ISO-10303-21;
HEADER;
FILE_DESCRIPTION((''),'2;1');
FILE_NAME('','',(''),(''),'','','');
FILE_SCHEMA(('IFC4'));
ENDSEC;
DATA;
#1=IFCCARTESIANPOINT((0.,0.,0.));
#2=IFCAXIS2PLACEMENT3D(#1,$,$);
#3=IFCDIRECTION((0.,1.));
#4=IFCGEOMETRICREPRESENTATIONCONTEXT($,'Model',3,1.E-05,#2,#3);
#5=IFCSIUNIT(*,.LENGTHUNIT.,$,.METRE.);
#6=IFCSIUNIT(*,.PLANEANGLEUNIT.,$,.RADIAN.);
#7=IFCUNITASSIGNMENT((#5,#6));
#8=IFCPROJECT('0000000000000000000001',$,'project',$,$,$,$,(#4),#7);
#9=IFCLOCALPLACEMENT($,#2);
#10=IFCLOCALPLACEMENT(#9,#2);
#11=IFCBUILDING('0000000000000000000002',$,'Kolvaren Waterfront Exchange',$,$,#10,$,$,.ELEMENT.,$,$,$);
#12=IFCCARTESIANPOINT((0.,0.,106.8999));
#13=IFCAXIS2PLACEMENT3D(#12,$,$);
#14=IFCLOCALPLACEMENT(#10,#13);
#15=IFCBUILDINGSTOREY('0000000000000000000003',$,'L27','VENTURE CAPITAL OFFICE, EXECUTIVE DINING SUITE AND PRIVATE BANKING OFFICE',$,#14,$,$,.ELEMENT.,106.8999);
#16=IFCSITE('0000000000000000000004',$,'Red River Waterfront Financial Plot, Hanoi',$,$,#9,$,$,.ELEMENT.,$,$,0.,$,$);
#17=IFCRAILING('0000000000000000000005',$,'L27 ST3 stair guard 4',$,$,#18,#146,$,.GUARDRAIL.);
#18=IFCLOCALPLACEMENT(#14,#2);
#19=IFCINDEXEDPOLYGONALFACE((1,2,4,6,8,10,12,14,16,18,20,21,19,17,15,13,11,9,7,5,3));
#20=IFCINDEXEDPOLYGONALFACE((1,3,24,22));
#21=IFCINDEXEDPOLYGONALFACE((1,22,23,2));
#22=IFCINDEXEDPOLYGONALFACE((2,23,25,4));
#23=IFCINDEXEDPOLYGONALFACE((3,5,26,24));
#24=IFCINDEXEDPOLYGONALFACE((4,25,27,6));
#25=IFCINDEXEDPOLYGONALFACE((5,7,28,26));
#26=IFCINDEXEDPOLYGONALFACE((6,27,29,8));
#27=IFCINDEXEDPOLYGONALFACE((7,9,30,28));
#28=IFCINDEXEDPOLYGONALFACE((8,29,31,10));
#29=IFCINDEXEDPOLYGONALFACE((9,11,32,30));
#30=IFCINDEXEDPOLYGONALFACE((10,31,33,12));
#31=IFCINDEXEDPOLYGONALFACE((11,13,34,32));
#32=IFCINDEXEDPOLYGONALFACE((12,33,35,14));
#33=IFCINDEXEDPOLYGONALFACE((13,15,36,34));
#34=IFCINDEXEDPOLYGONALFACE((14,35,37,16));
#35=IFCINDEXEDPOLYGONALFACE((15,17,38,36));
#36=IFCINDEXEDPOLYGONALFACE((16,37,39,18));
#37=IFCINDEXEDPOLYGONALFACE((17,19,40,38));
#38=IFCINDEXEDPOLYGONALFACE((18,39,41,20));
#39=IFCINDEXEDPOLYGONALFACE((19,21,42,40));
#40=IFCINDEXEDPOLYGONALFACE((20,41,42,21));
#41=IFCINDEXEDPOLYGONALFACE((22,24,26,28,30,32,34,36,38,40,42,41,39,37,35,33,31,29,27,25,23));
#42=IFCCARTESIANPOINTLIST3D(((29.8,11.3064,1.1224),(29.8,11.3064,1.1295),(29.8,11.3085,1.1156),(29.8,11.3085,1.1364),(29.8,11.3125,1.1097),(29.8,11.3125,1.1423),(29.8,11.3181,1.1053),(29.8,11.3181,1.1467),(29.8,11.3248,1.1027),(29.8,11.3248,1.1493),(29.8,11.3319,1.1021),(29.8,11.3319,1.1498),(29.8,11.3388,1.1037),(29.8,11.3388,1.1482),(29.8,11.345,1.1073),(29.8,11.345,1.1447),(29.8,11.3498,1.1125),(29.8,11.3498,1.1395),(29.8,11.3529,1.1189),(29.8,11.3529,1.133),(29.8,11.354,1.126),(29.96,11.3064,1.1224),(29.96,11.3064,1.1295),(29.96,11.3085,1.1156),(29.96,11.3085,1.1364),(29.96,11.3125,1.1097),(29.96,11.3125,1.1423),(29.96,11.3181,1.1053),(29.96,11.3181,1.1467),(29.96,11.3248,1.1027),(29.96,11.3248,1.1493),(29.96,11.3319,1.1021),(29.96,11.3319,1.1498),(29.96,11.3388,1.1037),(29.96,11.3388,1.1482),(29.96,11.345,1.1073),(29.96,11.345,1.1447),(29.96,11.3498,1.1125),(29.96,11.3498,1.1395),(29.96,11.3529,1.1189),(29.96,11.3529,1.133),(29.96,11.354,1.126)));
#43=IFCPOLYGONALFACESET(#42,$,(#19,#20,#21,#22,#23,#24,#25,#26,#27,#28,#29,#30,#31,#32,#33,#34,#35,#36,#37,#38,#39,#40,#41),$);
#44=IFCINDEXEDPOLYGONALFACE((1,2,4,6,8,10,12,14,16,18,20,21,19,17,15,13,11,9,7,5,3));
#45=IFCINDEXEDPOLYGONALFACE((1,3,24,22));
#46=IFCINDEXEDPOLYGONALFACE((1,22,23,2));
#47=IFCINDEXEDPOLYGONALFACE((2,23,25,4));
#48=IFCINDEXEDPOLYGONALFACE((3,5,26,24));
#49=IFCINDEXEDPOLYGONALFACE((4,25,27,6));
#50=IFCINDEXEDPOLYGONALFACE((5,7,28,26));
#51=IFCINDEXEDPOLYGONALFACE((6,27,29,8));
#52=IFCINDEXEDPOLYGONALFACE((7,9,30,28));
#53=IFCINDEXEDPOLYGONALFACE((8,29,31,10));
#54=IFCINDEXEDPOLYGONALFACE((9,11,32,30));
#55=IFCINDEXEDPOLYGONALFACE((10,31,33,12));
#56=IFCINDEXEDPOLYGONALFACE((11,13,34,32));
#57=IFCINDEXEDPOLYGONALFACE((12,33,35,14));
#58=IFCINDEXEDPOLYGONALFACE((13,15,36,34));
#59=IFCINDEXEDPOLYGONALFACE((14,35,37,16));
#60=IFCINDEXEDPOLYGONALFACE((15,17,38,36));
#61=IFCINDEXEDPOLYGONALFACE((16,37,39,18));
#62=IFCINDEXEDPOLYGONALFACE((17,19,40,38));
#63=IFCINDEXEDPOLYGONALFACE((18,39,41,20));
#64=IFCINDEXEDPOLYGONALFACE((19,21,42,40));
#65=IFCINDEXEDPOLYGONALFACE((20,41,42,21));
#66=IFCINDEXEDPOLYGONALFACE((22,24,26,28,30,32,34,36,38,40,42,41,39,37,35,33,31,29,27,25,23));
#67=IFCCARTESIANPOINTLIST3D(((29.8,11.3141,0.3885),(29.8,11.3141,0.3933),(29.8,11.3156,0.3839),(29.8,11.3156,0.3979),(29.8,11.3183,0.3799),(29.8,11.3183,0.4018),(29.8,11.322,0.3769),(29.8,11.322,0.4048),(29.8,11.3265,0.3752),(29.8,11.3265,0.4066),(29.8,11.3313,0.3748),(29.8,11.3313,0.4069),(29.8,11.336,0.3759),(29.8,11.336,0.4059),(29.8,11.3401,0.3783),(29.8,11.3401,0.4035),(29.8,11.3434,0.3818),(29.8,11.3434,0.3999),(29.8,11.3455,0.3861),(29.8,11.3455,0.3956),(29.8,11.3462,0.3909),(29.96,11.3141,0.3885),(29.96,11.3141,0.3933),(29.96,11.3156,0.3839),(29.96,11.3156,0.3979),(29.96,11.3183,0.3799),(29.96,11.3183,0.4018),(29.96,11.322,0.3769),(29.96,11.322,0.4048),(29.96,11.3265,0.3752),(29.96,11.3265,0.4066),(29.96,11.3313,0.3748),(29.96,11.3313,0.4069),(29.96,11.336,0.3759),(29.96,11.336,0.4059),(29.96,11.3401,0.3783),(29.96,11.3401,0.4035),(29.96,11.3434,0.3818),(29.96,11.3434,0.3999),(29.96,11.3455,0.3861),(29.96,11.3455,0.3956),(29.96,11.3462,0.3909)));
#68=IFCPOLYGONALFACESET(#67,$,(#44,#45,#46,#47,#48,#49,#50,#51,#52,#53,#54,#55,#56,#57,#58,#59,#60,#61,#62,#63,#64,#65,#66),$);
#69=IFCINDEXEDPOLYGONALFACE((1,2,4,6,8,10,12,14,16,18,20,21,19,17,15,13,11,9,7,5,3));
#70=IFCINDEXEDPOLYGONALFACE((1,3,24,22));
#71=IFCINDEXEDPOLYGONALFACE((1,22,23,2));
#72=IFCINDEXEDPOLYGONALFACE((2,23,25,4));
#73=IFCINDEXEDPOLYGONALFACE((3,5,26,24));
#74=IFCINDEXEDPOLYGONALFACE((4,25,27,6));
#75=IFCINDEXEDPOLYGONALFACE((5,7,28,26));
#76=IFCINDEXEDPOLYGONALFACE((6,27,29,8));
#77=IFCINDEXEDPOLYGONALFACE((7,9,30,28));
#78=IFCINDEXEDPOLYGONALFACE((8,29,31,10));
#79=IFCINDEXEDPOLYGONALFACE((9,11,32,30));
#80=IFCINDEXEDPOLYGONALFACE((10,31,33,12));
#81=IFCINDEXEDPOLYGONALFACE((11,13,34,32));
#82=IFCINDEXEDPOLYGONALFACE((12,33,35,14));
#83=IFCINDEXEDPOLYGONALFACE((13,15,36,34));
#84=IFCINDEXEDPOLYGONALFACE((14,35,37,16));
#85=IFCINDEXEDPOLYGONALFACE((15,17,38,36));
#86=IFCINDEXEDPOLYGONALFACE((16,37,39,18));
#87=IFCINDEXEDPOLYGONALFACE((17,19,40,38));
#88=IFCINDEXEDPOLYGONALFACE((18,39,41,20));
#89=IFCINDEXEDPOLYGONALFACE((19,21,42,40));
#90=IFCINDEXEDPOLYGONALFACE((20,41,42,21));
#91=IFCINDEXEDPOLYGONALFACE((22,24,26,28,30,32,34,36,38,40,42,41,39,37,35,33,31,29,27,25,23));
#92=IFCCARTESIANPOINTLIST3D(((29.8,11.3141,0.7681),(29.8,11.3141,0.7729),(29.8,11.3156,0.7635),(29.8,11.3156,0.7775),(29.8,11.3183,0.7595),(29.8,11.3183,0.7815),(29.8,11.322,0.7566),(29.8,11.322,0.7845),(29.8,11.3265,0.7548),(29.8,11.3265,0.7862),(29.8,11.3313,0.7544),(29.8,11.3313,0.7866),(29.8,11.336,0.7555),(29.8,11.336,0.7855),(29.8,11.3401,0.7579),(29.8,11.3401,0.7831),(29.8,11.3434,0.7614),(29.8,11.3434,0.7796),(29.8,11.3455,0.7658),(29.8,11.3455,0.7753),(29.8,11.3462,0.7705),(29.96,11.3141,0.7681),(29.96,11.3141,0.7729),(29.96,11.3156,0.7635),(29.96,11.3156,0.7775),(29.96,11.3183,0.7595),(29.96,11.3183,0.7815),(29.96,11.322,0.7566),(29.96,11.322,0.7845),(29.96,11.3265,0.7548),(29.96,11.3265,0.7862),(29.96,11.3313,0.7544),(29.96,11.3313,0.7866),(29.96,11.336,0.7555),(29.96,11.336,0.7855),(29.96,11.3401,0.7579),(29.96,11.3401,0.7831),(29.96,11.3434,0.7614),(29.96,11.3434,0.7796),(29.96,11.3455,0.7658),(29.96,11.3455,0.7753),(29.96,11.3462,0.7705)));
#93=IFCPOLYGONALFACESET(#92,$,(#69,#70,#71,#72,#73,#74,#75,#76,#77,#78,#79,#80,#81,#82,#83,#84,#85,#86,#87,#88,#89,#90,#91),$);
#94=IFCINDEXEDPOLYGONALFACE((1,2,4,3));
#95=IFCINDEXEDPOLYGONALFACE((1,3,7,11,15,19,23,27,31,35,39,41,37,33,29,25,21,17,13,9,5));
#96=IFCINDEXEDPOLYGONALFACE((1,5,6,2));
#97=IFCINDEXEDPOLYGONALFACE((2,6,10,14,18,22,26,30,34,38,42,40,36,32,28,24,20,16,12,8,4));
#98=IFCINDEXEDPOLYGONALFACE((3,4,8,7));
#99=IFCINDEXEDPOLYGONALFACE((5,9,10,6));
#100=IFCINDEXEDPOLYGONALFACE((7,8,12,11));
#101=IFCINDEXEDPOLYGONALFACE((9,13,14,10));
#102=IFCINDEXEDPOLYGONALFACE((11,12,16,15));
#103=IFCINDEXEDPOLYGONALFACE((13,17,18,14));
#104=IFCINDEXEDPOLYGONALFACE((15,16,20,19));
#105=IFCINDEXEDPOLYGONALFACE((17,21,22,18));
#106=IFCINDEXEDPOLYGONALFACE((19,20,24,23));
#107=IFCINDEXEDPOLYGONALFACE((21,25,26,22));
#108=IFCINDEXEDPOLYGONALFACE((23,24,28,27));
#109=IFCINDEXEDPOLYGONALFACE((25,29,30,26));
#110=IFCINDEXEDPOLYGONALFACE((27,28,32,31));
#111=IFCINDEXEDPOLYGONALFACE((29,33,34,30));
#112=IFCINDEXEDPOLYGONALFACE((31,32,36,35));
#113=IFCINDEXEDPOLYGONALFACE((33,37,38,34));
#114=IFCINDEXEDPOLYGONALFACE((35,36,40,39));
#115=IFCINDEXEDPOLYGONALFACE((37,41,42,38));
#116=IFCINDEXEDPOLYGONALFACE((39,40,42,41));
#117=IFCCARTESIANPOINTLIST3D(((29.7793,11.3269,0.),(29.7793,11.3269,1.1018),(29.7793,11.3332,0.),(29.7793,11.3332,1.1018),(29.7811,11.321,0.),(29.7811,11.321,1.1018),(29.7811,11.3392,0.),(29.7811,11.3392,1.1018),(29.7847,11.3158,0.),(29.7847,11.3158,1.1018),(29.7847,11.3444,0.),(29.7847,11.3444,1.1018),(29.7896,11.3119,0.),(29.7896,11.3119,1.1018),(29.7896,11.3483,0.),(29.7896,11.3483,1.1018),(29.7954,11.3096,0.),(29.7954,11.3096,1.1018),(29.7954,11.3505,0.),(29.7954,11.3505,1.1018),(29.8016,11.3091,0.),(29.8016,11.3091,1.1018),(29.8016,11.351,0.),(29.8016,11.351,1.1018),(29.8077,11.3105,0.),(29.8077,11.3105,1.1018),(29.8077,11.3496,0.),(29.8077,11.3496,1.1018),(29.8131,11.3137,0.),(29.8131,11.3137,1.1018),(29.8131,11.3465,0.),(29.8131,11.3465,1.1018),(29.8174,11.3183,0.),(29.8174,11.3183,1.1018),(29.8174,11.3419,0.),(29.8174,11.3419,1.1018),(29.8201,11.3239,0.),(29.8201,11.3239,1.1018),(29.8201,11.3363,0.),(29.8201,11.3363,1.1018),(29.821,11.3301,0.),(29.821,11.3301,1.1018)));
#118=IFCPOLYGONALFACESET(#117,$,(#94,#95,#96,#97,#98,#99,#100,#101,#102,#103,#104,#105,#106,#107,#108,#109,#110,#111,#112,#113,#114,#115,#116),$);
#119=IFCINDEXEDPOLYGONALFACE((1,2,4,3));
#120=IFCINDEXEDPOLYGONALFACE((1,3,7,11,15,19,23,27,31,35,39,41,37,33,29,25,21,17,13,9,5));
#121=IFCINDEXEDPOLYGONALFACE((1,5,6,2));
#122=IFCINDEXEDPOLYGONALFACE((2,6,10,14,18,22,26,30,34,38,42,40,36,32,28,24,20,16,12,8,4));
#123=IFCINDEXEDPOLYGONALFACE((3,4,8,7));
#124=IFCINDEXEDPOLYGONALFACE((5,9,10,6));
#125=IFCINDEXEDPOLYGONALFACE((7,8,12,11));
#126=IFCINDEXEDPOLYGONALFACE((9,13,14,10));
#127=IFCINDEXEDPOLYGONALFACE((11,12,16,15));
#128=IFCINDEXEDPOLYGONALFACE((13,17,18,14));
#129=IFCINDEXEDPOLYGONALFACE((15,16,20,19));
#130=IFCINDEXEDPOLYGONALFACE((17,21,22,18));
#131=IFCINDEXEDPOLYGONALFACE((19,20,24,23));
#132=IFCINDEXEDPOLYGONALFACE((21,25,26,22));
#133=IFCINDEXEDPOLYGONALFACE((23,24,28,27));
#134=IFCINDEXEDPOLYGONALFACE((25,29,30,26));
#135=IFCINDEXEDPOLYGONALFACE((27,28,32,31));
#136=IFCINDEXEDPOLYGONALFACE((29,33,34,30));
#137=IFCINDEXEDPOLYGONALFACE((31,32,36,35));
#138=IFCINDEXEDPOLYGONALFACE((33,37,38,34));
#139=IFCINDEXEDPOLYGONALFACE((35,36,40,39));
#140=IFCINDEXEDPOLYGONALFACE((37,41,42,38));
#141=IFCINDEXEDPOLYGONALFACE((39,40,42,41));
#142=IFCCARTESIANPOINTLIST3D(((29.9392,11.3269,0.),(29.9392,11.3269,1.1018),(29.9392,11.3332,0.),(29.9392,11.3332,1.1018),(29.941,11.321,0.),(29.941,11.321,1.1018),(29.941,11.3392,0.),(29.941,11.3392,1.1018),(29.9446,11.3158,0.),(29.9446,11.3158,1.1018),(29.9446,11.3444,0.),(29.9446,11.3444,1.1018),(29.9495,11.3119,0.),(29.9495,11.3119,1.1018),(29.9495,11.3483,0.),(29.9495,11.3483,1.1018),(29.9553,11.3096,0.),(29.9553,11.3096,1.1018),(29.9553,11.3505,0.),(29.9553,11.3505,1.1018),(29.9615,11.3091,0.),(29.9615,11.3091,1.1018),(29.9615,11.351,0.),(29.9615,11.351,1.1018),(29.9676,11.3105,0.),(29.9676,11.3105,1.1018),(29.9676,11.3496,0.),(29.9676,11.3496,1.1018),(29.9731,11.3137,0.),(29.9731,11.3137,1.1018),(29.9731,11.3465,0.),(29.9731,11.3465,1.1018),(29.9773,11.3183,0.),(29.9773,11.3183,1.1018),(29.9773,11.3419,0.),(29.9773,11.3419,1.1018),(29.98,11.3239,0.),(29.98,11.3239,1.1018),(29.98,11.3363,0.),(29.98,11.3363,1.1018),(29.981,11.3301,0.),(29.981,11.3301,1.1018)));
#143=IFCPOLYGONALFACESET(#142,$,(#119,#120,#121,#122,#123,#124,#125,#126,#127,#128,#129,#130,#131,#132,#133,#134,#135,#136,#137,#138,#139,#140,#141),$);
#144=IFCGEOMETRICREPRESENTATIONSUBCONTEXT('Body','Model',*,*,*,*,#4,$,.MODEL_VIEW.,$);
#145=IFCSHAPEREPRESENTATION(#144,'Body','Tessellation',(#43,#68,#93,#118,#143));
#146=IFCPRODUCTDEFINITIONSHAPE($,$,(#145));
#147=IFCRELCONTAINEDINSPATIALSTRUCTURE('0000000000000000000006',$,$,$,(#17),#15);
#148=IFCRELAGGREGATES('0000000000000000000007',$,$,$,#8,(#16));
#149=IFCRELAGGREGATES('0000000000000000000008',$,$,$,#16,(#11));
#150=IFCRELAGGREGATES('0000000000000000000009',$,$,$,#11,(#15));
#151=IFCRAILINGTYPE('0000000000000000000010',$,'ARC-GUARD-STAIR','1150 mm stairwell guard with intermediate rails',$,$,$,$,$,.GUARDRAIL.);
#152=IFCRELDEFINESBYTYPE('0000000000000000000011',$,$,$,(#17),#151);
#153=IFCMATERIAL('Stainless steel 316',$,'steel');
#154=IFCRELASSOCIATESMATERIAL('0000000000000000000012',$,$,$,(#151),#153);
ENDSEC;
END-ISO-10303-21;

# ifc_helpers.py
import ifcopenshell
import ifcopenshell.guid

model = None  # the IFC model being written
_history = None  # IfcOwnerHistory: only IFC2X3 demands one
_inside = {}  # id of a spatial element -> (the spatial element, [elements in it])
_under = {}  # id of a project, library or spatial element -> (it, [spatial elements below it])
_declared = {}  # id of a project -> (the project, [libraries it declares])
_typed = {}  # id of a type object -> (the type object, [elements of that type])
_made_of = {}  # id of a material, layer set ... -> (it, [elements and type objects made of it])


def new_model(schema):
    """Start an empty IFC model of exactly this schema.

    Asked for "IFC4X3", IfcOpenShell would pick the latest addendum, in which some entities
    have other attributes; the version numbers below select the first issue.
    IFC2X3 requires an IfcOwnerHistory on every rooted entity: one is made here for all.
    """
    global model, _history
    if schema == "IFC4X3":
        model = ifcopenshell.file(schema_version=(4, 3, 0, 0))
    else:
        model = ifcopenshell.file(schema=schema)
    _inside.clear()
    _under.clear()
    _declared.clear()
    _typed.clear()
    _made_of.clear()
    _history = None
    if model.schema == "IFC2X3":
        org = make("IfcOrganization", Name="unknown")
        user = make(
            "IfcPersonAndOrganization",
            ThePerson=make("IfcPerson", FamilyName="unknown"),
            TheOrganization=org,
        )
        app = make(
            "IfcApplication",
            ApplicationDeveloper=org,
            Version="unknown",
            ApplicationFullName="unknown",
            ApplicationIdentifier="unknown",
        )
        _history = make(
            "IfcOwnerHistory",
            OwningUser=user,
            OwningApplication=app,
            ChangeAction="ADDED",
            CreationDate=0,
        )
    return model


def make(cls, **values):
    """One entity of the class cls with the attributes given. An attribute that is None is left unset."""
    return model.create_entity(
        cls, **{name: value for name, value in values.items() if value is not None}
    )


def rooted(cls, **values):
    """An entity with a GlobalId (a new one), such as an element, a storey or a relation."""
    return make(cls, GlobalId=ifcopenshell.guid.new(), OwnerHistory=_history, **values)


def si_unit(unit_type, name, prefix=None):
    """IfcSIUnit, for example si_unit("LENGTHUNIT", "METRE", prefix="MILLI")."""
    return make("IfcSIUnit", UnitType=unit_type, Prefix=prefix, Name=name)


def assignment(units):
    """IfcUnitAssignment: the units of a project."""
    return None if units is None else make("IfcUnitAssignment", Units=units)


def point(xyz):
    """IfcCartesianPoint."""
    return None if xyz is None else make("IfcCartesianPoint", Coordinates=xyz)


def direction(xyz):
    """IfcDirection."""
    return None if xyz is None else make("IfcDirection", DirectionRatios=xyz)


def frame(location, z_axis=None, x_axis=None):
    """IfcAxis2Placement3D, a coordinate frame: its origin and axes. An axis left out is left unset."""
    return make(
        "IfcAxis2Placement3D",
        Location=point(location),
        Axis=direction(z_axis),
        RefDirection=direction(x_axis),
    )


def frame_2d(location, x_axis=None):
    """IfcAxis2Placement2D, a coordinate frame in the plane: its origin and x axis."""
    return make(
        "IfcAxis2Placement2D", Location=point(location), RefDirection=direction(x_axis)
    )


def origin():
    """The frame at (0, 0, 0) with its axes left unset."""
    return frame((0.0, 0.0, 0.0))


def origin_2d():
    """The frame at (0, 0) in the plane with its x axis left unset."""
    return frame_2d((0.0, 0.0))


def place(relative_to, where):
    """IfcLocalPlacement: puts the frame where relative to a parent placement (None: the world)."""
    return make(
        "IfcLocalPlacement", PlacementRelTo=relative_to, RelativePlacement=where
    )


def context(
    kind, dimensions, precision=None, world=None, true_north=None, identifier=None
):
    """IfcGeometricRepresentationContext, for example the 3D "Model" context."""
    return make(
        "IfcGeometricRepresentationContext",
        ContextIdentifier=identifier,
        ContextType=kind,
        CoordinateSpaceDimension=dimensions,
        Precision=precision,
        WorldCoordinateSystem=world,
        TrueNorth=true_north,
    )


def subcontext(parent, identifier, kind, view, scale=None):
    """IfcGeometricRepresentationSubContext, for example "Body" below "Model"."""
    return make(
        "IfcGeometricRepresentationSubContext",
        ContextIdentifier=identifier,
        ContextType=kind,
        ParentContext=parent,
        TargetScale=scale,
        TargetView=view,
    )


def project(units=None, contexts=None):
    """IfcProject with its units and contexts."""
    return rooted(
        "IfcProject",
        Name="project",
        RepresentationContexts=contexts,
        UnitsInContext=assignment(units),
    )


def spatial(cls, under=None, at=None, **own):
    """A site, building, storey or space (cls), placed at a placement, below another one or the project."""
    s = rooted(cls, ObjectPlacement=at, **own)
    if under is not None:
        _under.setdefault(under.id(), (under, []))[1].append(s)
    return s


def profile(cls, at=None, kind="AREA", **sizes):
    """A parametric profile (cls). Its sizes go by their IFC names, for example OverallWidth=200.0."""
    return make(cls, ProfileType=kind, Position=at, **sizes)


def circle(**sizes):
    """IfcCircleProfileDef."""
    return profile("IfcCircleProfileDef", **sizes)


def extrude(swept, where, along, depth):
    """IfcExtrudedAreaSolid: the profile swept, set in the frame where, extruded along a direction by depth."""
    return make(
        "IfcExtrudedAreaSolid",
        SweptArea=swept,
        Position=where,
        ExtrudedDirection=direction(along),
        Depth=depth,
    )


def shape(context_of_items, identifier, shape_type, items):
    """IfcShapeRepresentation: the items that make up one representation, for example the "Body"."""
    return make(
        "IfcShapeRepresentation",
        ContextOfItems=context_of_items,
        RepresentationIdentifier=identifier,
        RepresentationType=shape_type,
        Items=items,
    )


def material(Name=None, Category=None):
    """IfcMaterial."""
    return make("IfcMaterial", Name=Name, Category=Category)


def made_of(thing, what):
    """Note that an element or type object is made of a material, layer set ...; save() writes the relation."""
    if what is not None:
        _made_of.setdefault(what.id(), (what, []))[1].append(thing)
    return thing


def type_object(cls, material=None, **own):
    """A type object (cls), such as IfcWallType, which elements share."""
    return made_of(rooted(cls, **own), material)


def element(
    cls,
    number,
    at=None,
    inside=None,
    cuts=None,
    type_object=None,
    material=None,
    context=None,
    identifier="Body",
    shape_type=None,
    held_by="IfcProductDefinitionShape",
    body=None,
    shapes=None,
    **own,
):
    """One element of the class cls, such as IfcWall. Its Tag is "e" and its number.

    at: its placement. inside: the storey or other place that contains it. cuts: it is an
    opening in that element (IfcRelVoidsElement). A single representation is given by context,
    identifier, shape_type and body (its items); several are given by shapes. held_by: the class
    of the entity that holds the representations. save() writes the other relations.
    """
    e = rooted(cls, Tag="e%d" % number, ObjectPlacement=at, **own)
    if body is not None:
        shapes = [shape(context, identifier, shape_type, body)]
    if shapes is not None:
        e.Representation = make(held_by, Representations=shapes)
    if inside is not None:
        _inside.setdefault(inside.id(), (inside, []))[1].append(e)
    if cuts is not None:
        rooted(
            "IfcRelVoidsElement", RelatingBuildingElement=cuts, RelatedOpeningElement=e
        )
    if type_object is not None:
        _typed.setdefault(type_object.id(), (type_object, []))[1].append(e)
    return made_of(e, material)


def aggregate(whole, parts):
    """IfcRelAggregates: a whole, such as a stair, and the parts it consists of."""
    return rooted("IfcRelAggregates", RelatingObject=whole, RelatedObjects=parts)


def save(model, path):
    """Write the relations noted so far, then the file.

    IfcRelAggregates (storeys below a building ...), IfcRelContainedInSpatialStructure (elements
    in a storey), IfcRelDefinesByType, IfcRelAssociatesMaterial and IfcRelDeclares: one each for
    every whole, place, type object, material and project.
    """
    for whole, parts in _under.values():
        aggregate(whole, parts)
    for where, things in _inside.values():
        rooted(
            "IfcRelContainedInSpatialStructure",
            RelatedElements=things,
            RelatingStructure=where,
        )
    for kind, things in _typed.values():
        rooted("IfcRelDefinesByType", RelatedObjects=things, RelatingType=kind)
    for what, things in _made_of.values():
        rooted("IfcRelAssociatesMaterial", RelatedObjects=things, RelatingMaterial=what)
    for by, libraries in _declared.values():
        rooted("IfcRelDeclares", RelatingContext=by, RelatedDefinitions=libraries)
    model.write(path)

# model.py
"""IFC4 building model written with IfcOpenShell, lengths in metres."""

from ifc_helpers import new_model, si_unit, direction, frame, origin, origin_2d, place, context, subcontext, project, spatial, circle, extrude, material, type_object, element, save


model = new_model("IFC4")

# Units and contexts
model_context = context("Model", 3, precision=1e-05, world=origin(), true_north=direction((0.0, 1.0)))
body_context = subcontext(model_context, "Body", "Model", "MODEL_VIEW")
ifc_project = project(units=[si_unit("LENGTHUNIT", "METRE"), si_unit("PLANEANGLEUNIT", "RADIAN")], contexts=[model_context])

# Site, building, storey
site_placement = place(None, origin())
site = spatial("IfcSite", under=ifc_project, at=site_placement, Name="Red River Waterfront Financial Plot, Hanoi", CompositionType="ELEMENT", RefElevation=0.0)
building_placement = place(site_placement, origin())
building = spatial("IfcBuilding", under=site, at=building_placement, Name="Kolvaren Waterfront Exchange", CompositionType="ELEMENT")
storey_placement = place(building_placement, frame((0.0, 0.0, 106.8999)))
storey = spatial("IfcBuildingStorey", under=building, at=storey_placement, Name="L27", Description="VENTURE CAPITAL OFFICE, EXECUTIVE DINING SUITE AND PRIVATE BANKING OFFICE", CompositionType="ELEMENT", Elevation=106.8999)

# Railing
ifc_material_1 = material(Name="Stainless steel 316", Category="steel")
railing_type_1 = type_object("IfcRailingType", Name="ARC-GUARD-STAIR", Description="1150 mm stairwell guard with intermediate rails", PredefinedType="GUARDRAIL", material=ifc_material_1)
railing_1_placement = place(storey_placement, frame((29.8, 11.3301, 0.0)))
element("IfcRailing", 1, at=railing_1_placement, inside=storey, type_object=railing_type_1, Name="L27 ST3 stair guard 4", PredefinedType="GUARDRAIL", context=body_context, shape_type="SweptSolid", body=[
    extrude(circle(Radius=0.0239, at=origin_2d()), frame((0.0, 0.0, 1.126), z_axis=(1.0, 0.0, 0.0), x_axis=(0.0, 1.0, 0.0)), (0.0, 0.0, 1.0), 0.1599),
    extrude(circle(Radius=0.0161, at=origin_2d()), frame((0.0, 0.0, 0.3909), z_axis=(1.0, 0.0, 0.0), x_axis=(0.0, 1.0, 0.0)), (0.0, 0.0, 1.0), 0.1599),
    extrude(circle(Radius=0.0161, at=origin_2d()), frame((0.0, 0.0, 0.7705), z_axis=(1.0, 0.0, 0.0), x_axis=(0.0, 1.0, 0.0)), (0.0, 0.0, 1.0), 0.1599),
    extrude(circle(Radius=0.021, at=origin_2d()), origin(), (0.0, 0.0, 1.0), 1.1018),
    extrude(circle(Radius=0.021, at=origin_2d()), frame((0.1599, 0.0, 0.0)), (0.0, 0.0, 1.0), 1.1018),
])

save(model, "model.ifc")
